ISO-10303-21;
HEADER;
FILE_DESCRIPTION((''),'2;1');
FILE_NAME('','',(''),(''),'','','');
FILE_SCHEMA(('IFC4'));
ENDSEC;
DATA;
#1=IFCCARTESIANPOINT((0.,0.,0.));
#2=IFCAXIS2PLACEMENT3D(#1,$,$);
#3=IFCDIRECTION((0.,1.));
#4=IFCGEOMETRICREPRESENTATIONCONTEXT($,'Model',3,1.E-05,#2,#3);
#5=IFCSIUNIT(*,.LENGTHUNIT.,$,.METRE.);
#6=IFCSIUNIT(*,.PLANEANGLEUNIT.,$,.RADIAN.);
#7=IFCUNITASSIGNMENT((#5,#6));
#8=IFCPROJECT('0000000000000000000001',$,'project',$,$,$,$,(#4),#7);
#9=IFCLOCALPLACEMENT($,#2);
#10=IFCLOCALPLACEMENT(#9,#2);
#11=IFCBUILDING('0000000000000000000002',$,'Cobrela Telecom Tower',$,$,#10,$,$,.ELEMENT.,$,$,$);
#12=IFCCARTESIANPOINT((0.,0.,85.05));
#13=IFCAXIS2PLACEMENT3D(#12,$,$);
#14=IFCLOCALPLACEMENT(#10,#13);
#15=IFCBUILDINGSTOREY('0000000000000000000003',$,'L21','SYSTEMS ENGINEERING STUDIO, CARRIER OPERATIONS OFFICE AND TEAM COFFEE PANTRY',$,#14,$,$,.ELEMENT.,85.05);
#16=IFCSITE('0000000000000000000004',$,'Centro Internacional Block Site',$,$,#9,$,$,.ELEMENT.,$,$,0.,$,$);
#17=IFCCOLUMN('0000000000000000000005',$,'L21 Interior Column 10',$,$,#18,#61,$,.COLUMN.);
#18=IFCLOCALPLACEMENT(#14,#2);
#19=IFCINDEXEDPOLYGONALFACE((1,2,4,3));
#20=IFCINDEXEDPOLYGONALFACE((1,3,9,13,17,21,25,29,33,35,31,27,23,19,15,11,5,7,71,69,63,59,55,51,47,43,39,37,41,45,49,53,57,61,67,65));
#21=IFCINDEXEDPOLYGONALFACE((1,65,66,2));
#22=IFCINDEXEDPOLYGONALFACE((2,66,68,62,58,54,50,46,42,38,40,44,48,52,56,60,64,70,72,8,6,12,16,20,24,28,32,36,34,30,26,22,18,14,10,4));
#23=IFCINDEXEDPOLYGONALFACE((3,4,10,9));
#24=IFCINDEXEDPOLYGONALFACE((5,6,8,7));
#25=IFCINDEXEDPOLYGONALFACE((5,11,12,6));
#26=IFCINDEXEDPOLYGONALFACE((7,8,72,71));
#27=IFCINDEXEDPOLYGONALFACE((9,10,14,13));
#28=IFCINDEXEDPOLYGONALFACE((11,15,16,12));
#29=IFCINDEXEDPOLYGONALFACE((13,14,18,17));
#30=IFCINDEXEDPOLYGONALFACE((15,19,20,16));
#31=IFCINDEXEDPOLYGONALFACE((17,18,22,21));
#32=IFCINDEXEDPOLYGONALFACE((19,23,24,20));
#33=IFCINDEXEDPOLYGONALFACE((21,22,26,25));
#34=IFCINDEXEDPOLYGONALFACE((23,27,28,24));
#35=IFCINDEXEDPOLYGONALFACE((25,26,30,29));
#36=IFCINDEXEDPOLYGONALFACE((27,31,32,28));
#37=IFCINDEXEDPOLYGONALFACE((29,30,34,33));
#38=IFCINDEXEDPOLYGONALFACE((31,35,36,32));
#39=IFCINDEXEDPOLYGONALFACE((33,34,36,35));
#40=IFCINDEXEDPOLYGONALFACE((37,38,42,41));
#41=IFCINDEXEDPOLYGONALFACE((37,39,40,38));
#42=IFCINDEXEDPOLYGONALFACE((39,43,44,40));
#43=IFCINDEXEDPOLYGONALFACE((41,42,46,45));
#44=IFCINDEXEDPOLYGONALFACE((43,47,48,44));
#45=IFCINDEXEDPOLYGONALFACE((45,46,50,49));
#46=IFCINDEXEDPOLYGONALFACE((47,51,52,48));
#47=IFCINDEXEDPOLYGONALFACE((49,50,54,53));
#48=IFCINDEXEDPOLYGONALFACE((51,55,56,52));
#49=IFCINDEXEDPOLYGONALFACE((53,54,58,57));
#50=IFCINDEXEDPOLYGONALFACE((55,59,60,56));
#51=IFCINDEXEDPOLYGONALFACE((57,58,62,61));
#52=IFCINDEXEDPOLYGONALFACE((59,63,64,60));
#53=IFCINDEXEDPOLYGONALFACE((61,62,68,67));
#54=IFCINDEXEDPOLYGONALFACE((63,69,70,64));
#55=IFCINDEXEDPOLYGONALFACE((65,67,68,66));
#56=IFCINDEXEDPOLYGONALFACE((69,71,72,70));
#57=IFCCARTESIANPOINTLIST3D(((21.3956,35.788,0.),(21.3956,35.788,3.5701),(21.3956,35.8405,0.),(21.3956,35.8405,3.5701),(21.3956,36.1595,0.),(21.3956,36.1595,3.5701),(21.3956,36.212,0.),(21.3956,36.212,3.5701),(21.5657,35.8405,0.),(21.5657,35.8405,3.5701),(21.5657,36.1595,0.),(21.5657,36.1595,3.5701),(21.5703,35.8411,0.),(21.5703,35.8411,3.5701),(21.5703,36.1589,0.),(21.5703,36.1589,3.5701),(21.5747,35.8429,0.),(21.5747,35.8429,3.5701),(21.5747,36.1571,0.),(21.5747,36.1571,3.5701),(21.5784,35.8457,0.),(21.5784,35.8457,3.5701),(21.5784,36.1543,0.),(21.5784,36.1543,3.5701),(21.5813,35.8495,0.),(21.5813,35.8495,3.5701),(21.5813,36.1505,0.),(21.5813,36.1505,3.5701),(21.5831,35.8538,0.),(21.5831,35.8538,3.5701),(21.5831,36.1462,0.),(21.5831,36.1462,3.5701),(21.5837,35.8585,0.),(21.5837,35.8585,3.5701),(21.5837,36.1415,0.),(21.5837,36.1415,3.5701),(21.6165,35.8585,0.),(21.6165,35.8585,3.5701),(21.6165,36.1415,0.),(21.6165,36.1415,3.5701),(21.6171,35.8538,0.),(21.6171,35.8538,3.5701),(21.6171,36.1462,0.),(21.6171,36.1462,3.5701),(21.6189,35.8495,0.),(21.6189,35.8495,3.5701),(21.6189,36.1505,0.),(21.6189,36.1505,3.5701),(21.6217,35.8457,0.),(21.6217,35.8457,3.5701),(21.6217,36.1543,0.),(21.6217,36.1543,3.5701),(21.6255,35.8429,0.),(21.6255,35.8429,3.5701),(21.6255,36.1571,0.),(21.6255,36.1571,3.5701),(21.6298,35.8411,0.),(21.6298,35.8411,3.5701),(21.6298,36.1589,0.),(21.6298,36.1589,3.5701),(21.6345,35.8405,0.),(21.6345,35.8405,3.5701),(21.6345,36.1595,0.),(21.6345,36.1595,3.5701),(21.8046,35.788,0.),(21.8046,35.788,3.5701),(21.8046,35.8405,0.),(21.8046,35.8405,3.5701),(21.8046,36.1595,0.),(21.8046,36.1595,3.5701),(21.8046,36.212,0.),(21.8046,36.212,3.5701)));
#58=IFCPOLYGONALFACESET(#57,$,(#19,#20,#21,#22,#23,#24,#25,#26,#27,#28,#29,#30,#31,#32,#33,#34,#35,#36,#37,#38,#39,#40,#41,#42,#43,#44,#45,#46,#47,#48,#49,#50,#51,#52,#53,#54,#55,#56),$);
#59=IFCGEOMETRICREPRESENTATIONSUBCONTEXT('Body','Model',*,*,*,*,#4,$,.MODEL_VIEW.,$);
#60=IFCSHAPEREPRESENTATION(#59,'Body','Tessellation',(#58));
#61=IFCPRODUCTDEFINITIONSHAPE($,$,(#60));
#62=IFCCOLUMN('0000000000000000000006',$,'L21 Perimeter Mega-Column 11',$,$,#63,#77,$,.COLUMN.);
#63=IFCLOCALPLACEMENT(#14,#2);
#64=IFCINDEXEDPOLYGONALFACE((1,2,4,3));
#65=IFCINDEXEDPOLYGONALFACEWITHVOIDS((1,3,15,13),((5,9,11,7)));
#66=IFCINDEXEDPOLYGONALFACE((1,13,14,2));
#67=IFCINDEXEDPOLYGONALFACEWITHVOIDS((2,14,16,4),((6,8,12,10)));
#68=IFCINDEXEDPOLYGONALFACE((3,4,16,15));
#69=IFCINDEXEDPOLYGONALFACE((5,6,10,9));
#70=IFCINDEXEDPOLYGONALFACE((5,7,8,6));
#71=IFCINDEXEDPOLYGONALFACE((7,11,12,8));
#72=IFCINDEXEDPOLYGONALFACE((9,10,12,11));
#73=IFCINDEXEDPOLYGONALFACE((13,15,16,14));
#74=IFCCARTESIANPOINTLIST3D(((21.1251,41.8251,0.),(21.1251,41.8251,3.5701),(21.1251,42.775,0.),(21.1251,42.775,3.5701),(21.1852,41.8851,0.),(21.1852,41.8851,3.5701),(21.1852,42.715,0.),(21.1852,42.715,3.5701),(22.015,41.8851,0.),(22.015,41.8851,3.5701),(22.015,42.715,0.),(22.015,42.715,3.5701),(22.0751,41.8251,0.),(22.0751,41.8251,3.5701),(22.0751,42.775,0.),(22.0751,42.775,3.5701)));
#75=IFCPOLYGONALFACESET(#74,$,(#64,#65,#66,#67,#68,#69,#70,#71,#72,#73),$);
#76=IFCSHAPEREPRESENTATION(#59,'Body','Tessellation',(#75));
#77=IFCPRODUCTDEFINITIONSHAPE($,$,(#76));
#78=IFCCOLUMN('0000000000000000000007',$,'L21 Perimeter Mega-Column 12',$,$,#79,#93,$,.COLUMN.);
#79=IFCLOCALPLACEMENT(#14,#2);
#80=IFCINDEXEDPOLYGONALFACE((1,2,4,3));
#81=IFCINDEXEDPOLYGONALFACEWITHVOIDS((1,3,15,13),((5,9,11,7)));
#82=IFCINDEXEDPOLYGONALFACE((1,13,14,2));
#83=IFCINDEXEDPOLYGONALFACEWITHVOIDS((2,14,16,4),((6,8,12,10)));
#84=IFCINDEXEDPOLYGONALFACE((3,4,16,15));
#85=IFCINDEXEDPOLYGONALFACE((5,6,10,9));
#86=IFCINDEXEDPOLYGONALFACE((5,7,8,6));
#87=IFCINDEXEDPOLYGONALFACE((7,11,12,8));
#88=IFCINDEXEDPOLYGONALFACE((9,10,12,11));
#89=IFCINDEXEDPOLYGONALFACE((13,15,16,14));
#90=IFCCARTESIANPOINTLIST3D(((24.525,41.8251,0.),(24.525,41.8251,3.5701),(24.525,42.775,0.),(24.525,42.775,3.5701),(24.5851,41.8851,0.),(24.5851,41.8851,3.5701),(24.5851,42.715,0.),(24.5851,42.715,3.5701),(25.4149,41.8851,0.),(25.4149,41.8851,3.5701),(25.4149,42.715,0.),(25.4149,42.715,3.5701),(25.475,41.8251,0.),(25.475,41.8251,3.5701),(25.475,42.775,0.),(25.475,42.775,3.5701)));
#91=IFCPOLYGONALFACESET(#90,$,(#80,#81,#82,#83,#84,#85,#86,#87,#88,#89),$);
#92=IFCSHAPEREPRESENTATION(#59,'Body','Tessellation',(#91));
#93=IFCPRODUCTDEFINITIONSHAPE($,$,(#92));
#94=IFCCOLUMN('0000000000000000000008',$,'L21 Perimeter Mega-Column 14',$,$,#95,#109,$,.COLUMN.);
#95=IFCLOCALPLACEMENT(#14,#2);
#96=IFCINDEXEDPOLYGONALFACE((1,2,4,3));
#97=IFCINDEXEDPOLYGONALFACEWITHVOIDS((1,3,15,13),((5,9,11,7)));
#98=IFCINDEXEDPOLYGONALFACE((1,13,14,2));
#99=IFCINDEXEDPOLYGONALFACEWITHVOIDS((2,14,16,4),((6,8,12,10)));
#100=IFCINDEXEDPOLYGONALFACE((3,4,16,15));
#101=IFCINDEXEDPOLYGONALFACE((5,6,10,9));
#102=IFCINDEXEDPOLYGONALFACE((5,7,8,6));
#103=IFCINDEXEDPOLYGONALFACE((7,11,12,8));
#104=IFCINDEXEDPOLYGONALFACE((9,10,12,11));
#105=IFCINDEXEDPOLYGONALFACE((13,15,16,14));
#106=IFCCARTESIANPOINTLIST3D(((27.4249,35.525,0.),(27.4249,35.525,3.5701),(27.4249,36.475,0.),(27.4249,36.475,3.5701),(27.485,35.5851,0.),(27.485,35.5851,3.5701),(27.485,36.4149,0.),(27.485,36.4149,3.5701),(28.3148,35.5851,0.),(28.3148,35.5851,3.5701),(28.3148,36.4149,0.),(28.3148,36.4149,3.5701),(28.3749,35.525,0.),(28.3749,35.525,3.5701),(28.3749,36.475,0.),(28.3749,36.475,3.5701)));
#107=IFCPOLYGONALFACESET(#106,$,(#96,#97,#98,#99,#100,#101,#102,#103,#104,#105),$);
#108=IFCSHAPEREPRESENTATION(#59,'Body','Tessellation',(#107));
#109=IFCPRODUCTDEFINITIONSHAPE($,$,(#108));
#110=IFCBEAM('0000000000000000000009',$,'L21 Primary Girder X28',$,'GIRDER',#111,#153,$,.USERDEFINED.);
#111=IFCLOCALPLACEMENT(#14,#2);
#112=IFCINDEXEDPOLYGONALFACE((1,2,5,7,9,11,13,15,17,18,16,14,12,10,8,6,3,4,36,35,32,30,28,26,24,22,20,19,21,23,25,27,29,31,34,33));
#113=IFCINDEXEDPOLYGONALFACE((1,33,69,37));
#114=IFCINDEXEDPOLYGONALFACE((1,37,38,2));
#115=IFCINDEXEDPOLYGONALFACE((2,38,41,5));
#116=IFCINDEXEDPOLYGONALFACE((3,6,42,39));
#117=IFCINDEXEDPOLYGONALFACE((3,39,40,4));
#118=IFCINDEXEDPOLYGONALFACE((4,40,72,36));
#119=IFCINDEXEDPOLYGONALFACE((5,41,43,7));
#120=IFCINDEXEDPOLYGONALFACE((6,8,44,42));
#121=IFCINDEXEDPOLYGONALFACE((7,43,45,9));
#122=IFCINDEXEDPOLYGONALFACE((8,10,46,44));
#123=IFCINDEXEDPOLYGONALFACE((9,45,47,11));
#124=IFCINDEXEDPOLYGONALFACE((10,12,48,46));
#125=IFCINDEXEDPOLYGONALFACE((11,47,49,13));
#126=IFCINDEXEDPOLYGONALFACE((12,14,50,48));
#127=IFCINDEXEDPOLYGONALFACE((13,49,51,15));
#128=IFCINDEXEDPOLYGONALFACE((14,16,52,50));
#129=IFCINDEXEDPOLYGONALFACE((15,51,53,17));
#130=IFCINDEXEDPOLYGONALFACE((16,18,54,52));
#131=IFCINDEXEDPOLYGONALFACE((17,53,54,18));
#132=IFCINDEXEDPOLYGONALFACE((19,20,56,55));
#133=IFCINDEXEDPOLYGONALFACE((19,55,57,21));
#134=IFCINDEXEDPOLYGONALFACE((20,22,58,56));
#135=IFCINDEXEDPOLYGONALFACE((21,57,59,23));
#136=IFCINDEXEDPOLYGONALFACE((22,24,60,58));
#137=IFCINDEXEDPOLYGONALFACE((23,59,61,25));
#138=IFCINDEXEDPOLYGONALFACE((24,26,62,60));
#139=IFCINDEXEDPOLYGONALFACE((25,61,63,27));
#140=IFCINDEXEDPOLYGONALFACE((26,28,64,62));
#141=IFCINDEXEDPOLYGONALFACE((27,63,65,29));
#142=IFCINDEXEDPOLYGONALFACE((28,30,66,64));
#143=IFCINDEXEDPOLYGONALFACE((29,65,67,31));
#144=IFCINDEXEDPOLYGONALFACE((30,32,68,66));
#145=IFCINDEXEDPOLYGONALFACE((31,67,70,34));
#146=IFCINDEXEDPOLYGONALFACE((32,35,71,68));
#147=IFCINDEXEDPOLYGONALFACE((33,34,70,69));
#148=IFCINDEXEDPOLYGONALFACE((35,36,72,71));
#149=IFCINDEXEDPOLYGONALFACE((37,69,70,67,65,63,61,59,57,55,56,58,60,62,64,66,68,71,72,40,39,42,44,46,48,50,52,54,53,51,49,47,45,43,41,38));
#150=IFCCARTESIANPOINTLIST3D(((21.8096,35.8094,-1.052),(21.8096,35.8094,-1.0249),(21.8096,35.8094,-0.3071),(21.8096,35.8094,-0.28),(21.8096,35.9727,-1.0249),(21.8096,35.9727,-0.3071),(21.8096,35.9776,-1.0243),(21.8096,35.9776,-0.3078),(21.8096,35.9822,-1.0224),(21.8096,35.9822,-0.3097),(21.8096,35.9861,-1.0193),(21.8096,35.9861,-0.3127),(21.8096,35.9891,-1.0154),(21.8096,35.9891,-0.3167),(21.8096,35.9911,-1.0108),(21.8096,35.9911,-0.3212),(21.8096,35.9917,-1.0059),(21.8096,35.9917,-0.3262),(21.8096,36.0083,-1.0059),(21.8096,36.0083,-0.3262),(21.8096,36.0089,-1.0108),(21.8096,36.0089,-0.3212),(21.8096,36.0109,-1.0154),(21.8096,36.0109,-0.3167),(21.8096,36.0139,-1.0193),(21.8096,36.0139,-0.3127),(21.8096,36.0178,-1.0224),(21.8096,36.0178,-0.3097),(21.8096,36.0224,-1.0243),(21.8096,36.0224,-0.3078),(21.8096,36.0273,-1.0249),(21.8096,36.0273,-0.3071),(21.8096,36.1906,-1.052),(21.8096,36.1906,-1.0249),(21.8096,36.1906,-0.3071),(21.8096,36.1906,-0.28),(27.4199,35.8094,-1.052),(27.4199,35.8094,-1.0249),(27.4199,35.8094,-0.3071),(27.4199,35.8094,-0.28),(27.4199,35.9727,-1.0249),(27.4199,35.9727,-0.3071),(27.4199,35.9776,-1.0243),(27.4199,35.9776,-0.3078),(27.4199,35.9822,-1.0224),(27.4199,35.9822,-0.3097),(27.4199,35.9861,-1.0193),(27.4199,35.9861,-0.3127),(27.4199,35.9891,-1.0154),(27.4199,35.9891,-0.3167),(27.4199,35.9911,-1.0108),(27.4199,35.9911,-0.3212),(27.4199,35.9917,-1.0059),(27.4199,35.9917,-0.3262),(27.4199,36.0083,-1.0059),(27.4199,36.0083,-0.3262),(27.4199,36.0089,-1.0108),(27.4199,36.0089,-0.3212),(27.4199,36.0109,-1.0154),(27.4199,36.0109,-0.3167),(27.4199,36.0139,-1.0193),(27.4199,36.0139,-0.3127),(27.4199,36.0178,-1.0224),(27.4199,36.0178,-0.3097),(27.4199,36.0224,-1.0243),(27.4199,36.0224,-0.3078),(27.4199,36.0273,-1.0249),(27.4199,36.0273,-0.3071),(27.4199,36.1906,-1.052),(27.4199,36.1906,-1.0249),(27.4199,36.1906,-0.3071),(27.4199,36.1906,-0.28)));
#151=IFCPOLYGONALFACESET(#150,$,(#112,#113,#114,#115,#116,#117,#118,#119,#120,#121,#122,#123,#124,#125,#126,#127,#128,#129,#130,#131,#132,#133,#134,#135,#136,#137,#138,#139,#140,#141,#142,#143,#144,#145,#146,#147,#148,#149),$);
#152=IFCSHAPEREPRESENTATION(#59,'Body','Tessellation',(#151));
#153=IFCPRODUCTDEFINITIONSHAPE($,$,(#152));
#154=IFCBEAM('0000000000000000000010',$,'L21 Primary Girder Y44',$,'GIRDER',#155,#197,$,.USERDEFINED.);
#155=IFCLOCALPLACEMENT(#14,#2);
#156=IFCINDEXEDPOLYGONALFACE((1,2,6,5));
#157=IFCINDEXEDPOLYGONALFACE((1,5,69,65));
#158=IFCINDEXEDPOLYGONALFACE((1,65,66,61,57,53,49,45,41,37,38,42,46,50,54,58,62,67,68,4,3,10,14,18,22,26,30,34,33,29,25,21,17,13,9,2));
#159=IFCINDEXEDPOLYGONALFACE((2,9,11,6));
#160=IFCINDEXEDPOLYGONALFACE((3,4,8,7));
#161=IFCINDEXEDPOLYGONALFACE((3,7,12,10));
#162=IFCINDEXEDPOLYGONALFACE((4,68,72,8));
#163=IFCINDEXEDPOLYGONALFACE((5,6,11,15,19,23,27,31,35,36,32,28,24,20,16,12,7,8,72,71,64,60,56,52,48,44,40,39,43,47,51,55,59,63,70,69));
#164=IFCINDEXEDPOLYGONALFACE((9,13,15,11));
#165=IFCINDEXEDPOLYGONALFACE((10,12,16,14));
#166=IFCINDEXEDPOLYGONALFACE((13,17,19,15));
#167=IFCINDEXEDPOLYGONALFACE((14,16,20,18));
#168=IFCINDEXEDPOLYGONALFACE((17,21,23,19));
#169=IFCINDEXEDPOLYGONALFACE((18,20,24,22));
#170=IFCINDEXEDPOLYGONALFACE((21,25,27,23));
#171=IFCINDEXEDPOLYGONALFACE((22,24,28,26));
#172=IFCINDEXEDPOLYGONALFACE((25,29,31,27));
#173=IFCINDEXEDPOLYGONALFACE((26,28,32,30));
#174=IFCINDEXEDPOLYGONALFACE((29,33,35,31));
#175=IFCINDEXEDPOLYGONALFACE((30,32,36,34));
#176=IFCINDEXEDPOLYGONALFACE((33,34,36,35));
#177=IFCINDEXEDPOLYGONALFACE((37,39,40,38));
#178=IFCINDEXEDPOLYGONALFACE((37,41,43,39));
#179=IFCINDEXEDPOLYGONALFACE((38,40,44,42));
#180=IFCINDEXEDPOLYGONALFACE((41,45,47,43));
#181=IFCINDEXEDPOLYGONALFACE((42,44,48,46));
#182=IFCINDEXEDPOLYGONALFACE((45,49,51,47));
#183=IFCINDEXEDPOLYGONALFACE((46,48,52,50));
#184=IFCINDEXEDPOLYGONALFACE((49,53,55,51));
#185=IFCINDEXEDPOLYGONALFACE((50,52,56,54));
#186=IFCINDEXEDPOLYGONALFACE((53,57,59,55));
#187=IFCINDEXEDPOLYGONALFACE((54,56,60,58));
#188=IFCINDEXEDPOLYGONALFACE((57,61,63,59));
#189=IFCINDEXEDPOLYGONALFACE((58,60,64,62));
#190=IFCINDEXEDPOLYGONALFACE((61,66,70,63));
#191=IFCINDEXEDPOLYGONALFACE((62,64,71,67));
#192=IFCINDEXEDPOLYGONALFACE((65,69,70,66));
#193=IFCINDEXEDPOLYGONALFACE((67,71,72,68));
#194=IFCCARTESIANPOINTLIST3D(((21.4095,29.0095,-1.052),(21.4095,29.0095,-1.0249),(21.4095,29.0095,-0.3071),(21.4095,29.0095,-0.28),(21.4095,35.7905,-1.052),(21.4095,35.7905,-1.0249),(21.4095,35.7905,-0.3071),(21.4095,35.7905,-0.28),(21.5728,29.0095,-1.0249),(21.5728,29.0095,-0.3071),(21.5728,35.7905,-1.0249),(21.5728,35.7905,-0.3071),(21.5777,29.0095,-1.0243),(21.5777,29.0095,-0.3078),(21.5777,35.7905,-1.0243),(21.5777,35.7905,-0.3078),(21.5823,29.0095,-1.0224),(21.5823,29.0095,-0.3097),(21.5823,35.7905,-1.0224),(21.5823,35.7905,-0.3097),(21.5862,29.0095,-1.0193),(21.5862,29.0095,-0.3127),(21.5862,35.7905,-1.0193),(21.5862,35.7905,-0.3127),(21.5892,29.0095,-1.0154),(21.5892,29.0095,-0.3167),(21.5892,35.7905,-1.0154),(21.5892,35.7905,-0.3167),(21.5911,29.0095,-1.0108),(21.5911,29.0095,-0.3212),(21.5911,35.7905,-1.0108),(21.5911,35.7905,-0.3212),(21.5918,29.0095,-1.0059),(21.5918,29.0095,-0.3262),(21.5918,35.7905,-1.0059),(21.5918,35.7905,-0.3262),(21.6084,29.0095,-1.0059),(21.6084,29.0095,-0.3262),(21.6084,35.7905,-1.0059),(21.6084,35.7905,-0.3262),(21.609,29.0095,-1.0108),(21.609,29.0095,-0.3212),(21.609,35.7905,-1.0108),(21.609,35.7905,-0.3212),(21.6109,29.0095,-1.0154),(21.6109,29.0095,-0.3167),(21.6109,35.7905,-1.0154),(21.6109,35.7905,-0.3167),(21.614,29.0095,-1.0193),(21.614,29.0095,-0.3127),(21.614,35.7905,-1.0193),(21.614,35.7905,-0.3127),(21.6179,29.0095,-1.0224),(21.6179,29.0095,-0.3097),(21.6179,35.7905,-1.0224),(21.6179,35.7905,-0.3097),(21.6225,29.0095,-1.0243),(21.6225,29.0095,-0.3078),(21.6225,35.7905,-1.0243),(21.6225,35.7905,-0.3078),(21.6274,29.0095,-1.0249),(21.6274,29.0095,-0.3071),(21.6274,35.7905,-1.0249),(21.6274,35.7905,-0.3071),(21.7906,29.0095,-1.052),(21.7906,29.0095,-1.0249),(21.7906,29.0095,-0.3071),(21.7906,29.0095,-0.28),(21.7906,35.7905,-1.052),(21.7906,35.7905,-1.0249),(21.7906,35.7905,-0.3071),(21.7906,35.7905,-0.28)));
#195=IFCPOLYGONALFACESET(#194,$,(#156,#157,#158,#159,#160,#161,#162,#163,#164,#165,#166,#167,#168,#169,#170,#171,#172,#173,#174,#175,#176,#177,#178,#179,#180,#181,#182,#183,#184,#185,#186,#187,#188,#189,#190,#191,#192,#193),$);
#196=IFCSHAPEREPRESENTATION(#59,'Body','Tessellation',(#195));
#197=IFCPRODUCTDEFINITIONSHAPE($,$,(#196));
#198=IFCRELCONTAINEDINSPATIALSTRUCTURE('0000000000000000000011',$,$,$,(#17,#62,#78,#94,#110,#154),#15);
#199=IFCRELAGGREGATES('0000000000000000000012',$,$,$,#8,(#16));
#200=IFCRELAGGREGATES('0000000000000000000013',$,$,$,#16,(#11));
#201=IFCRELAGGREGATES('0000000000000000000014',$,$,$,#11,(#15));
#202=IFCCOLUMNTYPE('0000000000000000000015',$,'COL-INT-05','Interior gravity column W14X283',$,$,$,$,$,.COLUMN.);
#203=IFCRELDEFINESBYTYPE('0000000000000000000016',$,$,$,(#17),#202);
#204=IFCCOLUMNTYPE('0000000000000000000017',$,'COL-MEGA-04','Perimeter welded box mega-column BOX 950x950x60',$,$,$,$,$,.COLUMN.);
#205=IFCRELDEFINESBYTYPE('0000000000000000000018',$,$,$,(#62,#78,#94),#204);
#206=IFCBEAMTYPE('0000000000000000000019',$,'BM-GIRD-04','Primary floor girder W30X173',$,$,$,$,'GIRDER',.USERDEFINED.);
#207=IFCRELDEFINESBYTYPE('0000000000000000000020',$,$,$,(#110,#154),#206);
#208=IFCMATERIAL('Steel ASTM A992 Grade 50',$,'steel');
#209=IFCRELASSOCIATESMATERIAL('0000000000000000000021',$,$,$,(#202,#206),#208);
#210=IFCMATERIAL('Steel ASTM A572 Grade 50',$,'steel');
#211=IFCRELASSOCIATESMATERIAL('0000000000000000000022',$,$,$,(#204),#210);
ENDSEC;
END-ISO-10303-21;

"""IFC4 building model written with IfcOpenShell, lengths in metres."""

from ifc_helpers import new_model, si_unit, direction, frame, origin, origin_2d, place, context, subcontext, project, spatial, hollow_rectangle, i_section, extrude, material, material_profile, profile_set, type_object, element, save


model = new_model("IFC4")

# Units and contexts
model_context = context("Model", 3, precision=1e-05, world=origin(), true_north=direction((0.0, 1.0)))
body_context = subcontext(model_context, "Body", "Model", "MODEL_VIEW")
ifc_project = project(units=[si_unit("LENGTHUNIT", "METRE"), si_unit("PLANEANGLEUNIT", "RADIAN")], contexts=[model_context])

# Site, building, storey
site_placement = place(None, origin())
site = spatial("IfcSite", under=ifc_project, at=site_placement, Name="Centro Internacional Block Site", CompositionType="ELEMENT", RefElevation=0.0)
building_placement = place(site_placement, origin())
building = spatial("IfcBuilding", under=site, at=building_placement, Name="Cobrela Telecom Tower", CompositionType="ELEMENT")
storey_placement = place(building_placement, frame((0.0, 0.0, 85.05)))
storey = spatial("IfcBuildingStorey", under=building, at=storey_placement, Name="L21", Description="SYSTEMS ENGINEERING STUDIO, CARRIER OPERATIONS OFFICE AND TEAM COFFEE PANTRY", CompositionType="ELEMENT", Elevation=85.05)

# Columns
ifc_material_1 = material(Name="Steel ASTM A992 Grade 50", Category="steel")
ifc_material_profile_1 = material_profile(ifc_material_1, i_section(OverallWidth=0.4089, OverallDepth=0.4241, WebThickness=0.0327, FlangeThickness=0.0525, FilletRadius=0.0181, at=origin_2d()), Name="W14X283")
ifc_profile_set_1 = profile_set([ifc_material_profile_1], Name="Steel ASTM A992 Grade 50")
column_type_1 = type_object("IfcColumnType", Name="COL-INT-05", Description="Interior gravity column W14X283", PredefinedType="COLUMN", material=ifc_profile_set_1)
column_placement = place(storey_placement, frame((21.6001, 36.0, 0.0), z_axis=(0.0, 0.0, 1.0), x_axis=(1.0, 0.0, 0.0)))
element("IfcColumn", 1, at=column_placement, inside=storey, type_object=column_type_1, Name="L21 Interior Column 10", PredefinedType="COLUMN", context=body_context, shape_type="SweptSolid", body=[
    extrude(i_section(OverallWidth=0.4089, OverallDepth=0.4241, WebThickness=0.0327, FlangeThickness=0.0525, FilletRadius=0.0181, at=origin_2d()), origin(), (0.0, 0.0, 1.0), 3.5701),
])
ifc_material_2 = material(Name="Steel ASTM A572 Grade 50", Category="steel")
ifc_material_profile_2 = material_profile(ifc_material_2, hollow_rectangle(XDim=0.95, YDim=0.95, WallThickness=0.0601, at=origin_2d()), Name="BOX 950x950x60")
ifc_profile_set_2 = profile_set([ifc_material_profile_2], Name="Steel ASTM A572 Grade 50")
column_type_2 = type_object("IfcColumnType", Name="COL-MEGA-04", Description="Perimeter welded box mega-column BOX 950x950x60", PredefinedType="COLUMN", material=ifc_profile_set_2)
for number, where, z_axis, x_axis, name in (
    (2, (21.6001, 42.3, 0.0), (0.0, 0.0, 1.0), (1.0, 0.0, 0.0), "L21 Perimeter Mega-Column 11"),
    (3, (25.0, 42.3, 0.0), (0.0, 0.0, 1.0), (1.0, 0.0, 0.0), "L21 Perimeter Mega-Column 12"),
    (4, (27.8999, 36.0, 0.0), (0.0, 0.0, 1.0), (1.0, 0.0, 0.0), "L21 Perimeter Mega-Column 14"),
):
    element("IfcColumn", number, at=place(storey_placement, frame(where, z_axis=z_axis, x_axis=x_axis)), inside=storey, type_object=column_type_2, Name=name, PredefinedType="COLUMN", context=body_context, shape_type="SweptSolid", body=[
        extrude(hollow_rectangle(XDim=0.95, YDim=0.95, WallThickness=0.0601, at=origin_2d()), origin(), (0.0, 0.0, 1.0), 3.5701),
    ])

# Beams
ifc_material_profile_3 = material_profile(ifc_material_1, i_section(OverallWidth=0.3811, OverallDepth=0.772, WebThickness=0.0166, FlangeThickness=0.0271, FilletRadius=0.019, at=origin_2d()), Name="W30X173")
ifc_profile_set_3 = profile_set([ifc_material_profile_3], Name="Steel ASTM A992 Grade 50")
beam_type_1 = type_object("IfcBeamType", Name="BM-GIRD-04", Description="Primary floor girder W30X173", ElementType="GIRDER", PredefinedType="USERDEFINED", material=ifc_profile_set_3)
beam_1_placement = place(storey_placement, frame((21.8096, 36.0, -0.666), z_axis=(1.0, 0.0, 0.0), x_axis=(0.0, 1.0, 0.0)))
element("IfcBeam", 5, at=beam_1_placement, inside=storey, type_object=beam_type_1, Name="L21 Primary Girder X28", ObjectType="GIRDER", PredefinedType="USERDEFINED", context=body_context, shape_type="SweptSolid", body=[
    extrude(i_section(OverallWidth=0.3811, OverallDepth=0.772, WebThickness=0.0166, FlangeThickness=0.0271, FilletRadius=0.019, at=origin_2d()), origin(), (0.0, 0.0, 1.0), 5.6104),
])
beam_2_placement = place(storey_placement, frame((21.6001, 29.0095, -0.666), z_axis=(0.0, 1.0, 0.0), x_axis=(-1.0, 0.0, 0.0)))
element("IfcBeam", 6, at=beam_2_placement, inside=storey, type_object=beam_type_1, Name="L21 Primary Girder Y44", ObjectType="GIRDER", PredefinedType="USERDEFINED", context=body_context, shape_type="SweptSolid", body=[
    extrude(i_section(OverallWidth=0.3811, OverallDepth=0.772, WebThickness=0.0166, FlangeThickness=0.0271, FilletRadius=0.019, at=origin_2d()), origin(), (0.0, 0.0, 1.0), 6.781),
])

save(model, "model.ifc")
